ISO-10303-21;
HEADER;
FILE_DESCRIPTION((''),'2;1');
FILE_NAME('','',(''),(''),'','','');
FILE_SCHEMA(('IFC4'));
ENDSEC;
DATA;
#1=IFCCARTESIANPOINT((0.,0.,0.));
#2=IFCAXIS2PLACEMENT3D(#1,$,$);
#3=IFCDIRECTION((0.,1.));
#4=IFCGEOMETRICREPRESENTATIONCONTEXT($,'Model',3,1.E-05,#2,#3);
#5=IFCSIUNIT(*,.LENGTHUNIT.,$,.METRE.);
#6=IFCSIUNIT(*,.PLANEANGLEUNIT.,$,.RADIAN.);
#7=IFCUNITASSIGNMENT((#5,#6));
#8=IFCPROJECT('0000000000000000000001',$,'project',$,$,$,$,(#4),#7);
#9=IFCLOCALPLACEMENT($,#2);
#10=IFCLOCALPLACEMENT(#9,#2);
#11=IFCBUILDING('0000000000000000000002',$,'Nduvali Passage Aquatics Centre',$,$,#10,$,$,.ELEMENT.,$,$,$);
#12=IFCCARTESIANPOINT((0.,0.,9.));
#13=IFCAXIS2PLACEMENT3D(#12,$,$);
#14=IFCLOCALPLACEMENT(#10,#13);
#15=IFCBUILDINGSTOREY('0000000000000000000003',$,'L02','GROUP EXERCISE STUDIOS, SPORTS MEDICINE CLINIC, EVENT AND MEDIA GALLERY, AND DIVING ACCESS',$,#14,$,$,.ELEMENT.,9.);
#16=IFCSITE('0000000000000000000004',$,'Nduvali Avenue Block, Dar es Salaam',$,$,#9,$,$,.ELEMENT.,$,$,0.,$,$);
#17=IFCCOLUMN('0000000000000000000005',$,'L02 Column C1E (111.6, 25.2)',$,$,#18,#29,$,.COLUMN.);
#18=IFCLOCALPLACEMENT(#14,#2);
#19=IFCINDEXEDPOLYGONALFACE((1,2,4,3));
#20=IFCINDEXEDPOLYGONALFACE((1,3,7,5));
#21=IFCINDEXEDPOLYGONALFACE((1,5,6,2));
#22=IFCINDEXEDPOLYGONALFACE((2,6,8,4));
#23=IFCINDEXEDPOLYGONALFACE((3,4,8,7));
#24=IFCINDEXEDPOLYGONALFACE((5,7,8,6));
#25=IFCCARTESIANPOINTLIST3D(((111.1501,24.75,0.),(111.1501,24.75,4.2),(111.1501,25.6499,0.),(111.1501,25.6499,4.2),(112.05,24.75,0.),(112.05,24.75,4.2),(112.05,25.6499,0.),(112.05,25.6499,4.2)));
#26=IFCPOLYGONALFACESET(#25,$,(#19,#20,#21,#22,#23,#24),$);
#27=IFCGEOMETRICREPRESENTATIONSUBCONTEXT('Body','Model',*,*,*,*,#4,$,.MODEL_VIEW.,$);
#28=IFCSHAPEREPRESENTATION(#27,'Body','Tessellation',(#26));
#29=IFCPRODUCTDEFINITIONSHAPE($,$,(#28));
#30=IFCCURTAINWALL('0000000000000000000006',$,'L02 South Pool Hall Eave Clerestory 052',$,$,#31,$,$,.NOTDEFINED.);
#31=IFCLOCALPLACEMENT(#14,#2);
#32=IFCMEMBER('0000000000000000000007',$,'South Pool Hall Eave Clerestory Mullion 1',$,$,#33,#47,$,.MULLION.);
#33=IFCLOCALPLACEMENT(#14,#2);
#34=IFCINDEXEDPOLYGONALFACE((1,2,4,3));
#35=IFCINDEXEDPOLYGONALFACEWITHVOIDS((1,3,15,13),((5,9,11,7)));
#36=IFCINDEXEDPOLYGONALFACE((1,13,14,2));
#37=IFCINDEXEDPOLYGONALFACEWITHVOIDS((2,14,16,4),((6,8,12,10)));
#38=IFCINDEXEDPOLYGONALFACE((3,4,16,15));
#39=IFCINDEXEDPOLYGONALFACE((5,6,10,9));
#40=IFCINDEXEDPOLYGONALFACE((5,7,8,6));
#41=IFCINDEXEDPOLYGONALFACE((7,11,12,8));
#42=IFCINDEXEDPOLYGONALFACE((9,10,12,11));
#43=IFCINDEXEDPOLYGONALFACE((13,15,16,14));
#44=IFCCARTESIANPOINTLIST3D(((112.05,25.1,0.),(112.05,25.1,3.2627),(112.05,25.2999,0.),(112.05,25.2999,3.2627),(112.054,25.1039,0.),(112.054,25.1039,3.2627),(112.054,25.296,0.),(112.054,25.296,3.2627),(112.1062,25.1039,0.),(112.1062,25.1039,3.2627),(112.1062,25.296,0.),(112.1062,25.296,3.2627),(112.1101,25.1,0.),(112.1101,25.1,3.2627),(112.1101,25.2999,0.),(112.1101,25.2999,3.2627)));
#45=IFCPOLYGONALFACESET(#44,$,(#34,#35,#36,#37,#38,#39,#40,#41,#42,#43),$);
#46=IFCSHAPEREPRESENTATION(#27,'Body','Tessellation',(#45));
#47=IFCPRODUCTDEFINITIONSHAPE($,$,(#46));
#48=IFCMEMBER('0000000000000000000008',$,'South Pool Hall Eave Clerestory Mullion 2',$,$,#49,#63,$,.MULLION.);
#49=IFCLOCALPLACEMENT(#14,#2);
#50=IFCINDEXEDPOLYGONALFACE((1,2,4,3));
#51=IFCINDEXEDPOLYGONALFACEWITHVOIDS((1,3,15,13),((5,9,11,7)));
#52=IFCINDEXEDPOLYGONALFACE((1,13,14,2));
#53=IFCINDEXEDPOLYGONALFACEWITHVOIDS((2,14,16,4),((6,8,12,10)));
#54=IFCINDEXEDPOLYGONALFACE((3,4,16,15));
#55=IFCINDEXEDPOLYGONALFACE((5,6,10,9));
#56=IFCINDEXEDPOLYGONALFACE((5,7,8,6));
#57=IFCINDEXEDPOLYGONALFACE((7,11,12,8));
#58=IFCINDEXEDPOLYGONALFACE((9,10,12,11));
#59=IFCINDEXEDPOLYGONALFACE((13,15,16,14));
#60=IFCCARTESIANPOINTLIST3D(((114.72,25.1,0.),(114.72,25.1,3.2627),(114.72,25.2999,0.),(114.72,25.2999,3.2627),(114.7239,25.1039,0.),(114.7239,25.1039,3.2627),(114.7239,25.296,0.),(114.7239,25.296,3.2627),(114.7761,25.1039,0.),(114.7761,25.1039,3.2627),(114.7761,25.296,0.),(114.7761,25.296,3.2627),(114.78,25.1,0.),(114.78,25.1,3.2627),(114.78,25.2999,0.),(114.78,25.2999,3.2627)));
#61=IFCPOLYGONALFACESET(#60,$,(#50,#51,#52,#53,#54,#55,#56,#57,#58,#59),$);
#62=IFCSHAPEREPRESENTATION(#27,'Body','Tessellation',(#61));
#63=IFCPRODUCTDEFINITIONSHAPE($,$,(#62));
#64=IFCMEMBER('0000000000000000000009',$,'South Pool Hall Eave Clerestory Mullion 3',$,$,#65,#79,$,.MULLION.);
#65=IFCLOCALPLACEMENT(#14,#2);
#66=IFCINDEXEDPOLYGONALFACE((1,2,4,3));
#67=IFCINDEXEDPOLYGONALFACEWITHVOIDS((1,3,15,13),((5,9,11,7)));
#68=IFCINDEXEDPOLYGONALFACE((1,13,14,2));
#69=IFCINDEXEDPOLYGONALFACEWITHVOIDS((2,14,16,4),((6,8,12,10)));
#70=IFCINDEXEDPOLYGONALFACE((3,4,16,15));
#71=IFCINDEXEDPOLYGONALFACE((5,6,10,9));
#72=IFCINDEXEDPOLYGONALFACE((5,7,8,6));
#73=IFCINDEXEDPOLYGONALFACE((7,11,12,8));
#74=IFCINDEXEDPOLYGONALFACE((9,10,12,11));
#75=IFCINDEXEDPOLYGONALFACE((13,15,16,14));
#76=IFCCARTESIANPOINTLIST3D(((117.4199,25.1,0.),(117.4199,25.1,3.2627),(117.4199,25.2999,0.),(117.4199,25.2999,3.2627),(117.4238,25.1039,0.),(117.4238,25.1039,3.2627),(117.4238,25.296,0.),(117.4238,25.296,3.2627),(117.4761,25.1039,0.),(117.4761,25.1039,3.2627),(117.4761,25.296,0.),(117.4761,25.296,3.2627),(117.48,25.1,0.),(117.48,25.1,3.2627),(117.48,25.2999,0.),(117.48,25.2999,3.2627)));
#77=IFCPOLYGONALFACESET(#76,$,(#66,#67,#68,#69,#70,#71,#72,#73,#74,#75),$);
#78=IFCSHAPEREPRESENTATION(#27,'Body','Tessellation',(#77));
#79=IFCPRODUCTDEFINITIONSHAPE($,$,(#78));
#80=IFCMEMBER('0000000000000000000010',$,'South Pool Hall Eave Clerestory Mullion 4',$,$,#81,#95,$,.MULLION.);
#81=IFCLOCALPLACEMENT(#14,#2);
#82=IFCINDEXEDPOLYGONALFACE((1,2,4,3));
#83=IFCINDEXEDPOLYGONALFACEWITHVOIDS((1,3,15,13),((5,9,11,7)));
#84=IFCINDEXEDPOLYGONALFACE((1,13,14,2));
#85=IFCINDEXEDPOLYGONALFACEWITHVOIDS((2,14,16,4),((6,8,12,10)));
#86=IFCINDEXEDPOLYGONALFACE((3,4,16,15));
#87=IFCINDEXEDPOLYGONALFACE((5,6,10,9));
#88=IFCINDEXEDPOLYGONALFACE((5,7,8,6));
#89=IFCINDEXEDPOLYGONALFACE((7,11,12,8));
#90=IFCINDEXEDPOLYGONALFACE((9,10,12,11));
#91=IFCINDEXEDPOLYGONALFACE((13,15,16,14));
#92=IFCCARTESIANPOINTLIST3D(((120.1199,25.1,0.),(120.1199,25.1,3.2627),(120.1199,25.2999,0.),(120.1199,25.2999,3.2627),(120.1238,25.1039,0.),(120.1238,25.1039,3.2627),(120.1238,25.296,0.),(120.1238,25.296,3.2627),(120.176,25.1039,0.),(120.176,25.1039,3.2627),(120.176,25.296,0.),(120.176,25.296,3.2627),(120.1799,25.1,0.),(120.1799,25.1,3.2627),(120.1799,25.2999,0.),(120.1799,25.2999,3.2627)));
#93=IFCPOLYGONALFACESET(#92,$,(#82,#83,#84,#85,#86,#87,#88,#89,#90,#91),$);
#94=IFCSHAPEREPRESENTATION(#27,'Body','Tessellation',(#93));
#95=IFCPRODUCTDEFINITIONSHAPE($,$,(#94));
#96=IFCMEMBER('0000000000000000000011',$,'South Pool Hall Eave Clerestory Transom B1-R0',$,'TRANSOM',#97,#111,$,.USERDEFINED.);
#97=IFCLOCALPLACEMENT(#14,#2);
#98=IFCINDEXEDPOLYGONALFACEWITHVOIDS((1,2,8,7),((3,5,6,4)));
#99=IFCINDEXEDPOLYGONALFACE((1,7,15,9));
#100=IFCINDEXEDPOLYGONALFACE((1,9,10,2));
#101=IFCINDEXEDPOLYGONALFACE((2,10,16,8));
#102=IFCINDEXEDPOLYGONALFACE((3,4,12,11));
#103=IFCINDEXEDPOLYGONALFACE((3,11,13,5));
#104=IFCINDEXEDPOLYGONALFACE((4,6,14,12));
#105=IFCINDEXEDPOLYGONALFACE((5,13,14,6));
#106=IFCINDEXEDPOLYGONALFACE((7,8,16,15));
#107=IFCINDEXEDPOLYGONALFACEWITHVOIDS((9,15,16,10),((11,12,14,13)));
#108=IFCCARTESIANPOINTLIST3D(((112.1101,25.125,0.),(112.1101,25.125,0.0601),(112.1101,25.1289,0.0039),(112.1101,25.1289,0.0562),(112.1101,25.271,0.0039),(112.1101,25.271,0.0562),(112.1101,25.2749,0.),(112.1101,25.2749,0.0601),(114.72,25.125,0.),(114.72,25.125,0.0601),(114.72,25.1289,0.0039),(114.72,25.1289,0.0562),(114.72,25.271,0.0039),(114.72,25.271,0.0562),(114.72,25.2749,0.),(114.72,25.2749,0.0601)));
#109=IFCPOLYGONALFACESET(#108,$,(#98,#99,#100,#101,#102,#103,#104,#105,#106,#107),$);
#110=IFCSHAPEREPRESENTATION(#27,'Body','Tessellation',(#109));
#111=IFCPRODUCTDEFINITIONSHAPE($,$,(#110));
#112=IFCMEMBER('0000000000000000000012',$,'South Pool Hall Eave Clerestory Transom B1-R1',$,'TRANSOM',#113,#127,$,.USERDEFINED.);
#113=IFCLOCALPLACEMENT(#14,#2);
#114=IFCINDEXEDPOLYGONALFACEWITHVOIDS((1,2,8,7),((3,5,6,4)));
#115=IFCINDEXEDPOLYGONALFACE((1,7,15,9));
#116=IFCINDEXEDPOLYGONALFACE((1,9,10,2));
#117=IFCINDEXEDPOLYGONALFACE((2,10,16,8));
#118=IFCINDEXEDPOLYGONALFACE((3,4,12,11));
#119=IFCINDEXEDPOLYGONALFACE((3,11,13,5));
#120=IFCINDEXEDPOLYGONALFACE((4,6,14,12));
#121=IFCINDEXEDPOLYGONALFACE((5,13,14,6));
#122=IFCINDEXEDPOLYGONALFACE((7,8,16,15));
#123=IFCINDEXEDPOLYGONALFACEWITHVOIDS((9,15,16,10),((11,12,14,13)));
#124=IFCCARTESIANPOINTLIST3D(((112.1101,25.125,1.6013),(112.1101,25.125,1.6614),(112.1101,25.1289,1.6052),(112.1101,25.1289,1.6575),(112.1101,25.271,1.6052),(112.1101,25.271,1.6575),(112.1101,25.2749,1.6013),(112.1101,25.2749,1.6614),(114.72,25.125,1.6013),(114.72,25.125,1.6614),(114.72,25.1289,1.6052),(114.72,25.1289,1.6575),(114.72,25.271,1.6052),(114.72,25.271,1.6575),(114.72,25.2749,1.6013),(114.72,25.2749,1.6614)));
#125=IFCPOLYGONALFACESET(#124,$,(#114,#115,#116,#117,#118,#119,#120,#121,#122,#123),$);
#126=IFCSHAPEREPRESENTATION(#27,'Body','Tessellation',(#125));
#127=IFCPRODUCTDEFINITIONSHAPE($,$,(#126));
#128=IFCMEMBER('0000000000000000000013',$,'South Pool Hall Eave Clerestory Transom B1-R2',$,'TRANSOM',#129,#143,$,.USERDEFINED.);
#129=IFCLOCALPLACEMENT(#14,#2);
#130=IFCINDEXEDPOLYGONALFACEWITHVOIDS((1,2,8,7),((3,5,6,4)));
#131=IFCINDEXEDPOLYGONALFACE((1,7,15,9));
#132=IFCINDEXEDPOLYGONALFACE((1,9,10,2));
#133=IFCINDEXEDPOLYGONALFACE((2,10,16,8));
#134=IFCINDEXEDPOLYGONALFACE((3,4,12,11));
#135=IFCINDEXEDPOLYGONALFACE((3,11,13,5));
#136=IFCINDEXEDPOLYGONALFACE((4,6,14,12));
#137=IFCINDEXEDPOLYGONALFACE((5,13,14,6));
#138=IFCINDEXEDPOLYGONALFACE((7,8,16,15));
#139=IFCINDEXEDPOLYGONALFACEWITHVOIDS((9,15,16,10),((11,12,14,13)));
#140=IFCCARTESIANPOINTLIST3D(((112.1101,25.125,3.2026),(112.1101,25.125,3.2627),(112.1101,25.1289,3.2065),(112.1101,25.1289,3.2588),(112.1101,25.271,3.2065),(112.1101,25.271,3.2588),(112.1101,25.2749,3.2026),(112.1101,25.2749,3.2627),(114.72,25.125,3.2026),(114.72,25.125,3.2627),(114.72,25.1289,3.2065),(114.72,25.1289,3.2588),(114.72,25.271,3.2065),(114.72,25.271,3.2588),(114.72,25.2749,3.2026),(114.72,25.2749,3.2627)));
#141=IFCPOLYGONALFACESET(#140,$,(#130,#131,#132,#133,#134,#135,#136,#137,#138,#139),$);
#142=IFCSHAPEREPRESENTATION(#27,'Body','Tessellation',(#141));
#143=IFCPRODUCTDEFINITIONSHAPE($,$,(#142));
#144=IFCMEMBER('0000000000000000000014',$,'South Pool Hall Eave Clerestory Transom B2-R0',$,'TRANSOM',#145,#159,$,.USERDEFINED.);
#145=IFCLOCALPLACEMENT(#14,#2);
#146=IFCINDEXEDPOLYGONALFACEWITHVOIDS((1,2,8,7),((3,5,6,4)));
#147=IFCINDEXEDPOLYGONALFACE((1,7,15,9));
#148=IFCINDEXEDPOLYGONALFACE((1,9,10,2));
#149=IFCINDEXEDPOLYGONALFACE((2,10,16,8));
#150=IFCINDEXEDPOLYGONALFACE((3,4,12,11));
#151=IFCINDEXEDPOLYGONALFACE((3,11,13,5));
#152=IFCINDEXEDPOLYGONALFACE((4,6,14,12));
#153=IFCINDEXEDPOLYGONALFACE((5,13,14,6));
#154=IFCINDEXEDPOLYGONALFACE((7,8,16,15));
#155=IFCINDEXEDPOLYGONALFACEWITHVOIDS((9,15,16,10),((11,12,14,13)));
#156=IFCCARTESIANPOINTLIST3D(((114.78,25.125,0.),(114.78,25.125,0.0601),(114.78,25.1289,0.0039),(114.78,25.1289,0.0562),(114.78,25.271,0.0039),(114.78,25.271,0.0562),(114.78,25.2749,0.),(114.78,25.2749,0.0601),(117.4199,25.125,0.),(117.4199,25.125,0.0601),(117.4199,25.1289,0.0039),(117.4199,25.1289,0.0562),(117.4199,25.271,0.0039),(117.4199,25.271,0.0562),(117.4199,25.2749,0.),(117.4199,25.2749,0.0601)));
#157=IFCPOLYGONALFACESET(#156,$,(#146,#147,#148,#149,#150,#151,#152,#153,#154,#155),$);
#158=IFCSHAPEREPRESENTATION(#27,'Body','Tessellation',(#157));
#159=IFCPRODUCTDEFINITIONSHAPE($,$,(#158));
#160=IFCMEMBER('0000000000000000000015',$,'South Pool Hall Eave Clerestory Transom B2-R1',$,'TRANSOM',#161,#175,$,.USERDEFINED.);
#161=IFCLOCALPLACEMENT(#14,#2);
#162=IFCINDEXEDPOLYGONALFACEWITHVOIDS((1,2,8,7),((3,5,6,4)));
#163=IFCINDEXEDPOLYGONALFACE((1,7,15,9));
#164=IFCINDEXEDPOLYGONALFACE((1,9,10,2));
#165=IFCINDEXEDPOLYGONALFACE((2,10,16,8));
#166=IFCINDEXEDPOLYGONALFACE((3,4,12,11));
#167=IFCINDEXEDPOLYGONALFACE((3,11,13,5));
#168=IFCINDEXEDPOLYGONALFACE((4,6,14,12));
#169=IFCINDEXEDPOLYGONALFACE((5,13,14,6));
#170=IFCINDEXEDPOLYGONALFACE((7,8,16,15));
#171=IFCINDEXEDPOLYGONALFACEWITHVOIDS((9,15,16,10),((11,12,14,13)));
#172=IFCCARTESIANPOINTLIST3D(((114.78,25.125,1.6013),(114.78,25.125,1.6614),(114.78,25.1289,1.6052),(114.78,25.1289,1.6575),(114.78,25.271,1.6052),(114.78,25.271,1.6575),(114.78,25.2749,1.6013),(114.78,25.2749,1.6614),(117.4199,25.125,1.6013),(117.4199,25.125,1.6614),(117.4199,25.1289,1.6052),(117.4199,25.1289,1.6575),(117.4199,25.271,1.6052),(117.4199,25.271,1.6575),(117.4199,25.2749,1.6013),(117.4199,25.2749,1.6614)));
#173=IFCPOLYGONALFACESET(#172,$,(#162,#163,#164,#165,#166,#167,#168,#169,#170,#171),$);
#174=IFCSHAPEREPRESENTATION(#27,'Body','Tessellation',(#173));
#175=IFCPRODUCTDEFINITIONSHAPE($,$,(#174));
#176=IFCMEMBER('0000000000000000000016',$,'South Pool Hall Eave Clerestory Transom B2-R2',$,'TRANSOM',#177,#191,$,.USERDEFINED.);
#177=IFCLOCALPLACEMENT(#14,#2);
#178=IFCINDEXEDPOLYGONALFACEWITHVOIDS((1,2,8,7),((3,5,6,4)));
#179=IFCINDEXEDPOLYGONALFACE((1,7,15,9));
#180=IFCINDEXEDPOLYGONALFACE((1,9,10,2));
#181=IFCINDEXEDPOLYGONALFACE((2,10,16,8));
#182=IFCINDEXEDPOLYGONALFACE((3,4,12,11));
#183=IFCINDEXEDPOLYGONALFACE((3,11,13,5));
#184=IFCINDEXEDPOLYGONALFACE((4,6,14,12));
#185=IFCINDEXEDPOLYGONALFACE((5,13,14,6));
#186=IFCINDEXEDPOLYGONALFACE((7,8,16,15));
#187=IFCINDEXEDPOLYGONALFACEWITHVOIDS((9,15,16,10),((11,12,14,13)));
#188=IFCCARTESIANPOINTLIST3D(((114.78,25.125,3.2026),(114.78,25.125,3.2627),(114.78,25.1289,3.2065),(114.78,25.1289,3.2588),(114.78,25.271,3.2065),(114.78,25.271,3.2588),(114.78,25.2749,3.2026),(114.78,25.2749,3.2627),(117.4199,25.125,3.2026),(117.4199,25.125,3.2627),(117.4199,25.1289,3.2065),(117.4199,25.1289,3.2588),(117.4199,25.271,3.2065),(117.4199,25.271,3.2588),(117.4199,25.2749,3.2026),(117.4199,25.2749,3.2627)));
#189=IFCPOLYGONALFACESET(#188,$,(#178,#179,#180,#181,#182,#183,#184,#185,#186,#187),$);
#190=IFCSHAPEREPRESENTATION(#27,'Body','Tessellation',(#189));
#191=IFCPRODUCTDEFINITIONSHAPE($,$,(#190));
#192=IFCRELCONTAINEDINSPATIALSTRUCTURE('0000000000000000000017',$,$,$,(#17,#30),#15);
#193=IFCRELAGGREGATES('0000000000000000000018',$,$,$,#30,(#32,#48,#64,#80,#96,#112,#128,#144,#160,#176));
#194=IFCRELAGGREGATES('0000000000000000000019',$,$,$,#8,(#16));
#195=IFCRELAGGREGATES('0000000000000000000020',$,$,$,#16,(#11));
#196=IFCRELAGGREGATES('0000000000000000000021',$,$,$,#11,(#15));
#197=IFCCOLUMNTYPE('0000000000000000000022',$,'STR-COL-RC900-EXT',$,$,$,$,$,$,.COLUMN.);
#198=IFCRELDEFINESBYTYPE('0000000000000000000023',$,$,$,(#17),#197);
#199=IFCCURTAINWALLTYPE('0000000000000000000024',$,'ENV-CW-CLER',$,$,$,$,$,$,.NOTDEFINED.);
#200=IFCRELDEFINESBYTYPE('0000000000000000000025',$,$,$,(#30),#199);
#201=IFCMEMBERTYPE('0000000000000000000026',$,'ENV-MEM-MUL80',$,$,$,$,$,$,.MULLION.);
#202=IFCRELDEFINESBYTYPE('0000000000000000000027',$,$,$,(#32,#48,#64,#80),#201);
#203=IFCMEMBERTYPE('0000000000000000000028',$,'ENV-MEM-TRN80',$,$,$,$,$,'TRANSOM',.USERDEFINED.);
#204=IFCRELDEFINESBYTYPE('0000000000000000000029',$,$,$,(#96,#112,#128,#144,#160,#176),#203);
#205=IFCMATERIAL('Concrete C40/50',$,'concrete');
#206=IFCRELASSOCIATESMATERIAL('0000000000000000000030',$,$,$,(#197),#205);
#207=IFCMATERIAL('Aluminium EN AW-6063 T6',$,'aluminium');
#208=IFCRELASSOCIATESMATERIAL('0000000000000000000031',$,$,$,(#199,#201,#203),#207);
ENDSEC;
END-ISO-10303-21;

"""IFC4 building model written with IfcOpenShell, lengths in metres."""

from ifc_helpers import new_model, si_unit, direction, frame, origin, origin_2d, place, context, subcontext, project, spatial, rectangle, hollow_rectangle, extrude, material, material_profile, profile_set, type_object, element, aggregate, save


model = new_model("IFC4")

# Units and contexts
model_context = context("Model", 3, precision=1e-05, world=origin(), true_north=direction((0.0, 1.0)))
body_context = subcontext(model_context, "Body", "Model", "MODEL_VIEW")
ifc_project = project(units=[si_unit("LENGTHUNIT", "METRE"), si_unit("PLANEANGLEUNIT", "RADIAN")], contexts=[model_context])

# Site, building, storey
site_placement = place(None, origin())
site = spatial("IfcSite", under=ifc_project, at=site_placement, Name="Nduvali Avenue Block, Dar es Salaam", CompositionType="ELEMENT", RefElevation=0.0)
building_placement = place(site_placement, origin())
building = spatial("IfcBuilding", under=site, at=building_placement, Name="Nduvali Passage Aquatics Centre", CompositionType="ELEMENT")
storey_placement = place(building_placement, frame((0.0, 0.0, 9.0)))
storey = spatial("IfcBuildingStorey", under=building, at=storey_placement, Name="L02", Description="GROUP EXERCISE STUDIOS, SPORTS MEDICINE CLINIC, EVENT AND MEDIA GALLERY, AND DIVING ACCESS", CompositionType="ELEMENT", Elevation=9.0)

# Column
ifc_material_1 = material(Name="Concrete C40/50", Category="concrete")
ifc_material_profile_1 = material_profile(ifc_material_1, rectangle(XDim=0.8999, YDim=0.8999, at=origin_2d()), Name="RC 900x900")
ifc_profile_set_1 = profile_set([ifc_material_profile_1], Name="Concrete C40/50")
column_type = type_object("IfcColumnType", Name="STR-COL-RC900-EXT", PredefinedType="COLUMN", material=ifc_profile_set_1)
column_placement = place(storey_placement, frame((111.6001, 25.2, 0.0), z_axis=(0.0, 0.0, 1.0), x_axis=(1.0, 0.0, 0.0)))
element("IfcColumn", 1, at=column_placement, inside=storey, type_object=column_type, Name="L02 Column C1E (111.6, 25.2)", PredefinedType="COLUMN", context=body_context, shape_type="SweptSolid", body=[
    extrude(rectangle(XDim=0.8999, YDim=0.8999, at=origin_2d()), origin(), (0.0, 0.0, 1.0), 4.2),
])

# Curtain wall, members
ifc_material_2 = material(Name="Aluminium EN AW-6063 T6", Category="aluminium")
curtain_wall_type = type_object("IfcCurtainWallType", Name="ENV-CW-CLER", PredefinedType="NOTDEFINED", material=ifc_material_2)
curtain_wall_placement = place(storey_placement, origin())
curtain_wall = element("IfcCurtainWall", 2, at=curtain_wall_placement, inside=storey, type_object=curtain_wall_type, Name="L02 South Pool Hall Eave Clerestory 052", PredefinedType="NOTDEFINED")
ifc_material_profile_2 = material_profile(ifc_material_2, hollow_rectangle(XDim=0.0601, YDim=0.2, WallThickness=0.0039, at=origin_2d()), Name="ALU MULLION 60x200x4")
ifc_profile_set_2 = profile_set([ifc_material_profile_2], Name="Aluminium EN AW-6063 T6")
member_type_1 = type_object("IfcMemberType", Name="ENV-MEM-MUL80", PredefinedType="MULLION", material=ifc_profile_set_2)
member_1_placement = place(storey_placement, frame((112.0801, 25.2, 0.0), z_axis=(0.0, 0.0, 1.0), x_axis=(1.0, 0.0, 0.0)))
member_1 = element("IfcMember", 3, at=member_1_placement, type_object=member_type_1, Name="South Pool Hall Eave Clerestory Mullion 1", PredefinedType="MULLION", context=body_context, shape_type="SweptSolid", body=[
    extrude(hollow_rectangle(XDim=0.0601, YDim=0.2, WallThickness=0.0039, at=origin_2d()), origin(), (0.0, 0.0, 1.0), 3.2627),
])
member_2_placement = place(storey_placement, frame((114.75, 25.2, 0.0), z_axis=(0.0, 0.0, 1.0), x_axis=(1.0, 0.0, 0.0)))
member_2 = element("IfcMember", 4, at=member_2_placement, type_object=member_type_1, Name="South Pool Hall Eave Clerestory Mullion 2", PredefinedType="MULLION", context=body_context, shape_type="SweptSolid", body=[
    extrude(hollow_rectangle(XDim=0.0601, YDim=0.2, WallThickness=0.0039, at=origin_2d()), origin(), (0.0, 0.0, 1.0), 3.2627),
])
member_3_placement = place(storey_placement, frame((117.45, 25.2, 0.0), z_axis=(0.0, 0.0, 1.0), x_axis=(1.0, 0.0, 0.0)))
member_3 = element("IfcMember", 5, at=member_3_placement, type_object=member_type_1, Name="South Pool Hall Eave Clerestory Mullion 3", PredefinedType="MULLION", context=body_context, shape_type="SweptSolid", body=[
    extrude(hollow_rectangle(XDim=0.0601, YDim=0.2, WallThickness=0.0039, at=origin_2d()), origin(), (0.0, 0.0, 1.0), 3.2627),
])
member_4_placement = place(storey_placement, frame((120.1499, 25.2, 0.0), z_axis=(0.0, 0.0, 1.0), x_axis=(1.0, 0.0, 0.0)))
member_4 = element("IfcMember", 6, at=member_4_placement, type_object=member_type_1, Name="South Pool Hall Eave Clerestory Mullion 4", PredefinedType="MULLION", context=body_context, shape_type="SweptSolid", body=[
    extrude(hollow_rectangle(XDim=0.0601, YDim=0.2, WallThickness=0.0039, at=origin_2d()), origin(), (0.0, 0.0, 1.0), 3.2627),
])
ifc_material_profile_3 = material_profile(ifc_material_2, hollow_rectangle(XDim=0.1499, YDim=0.0601, WallThickness=0.0039, at=origin_2d()), Name="ALU TRANSOM 150x60x4")
ifc_profile_set_3 = profile_set([ifc_material_profile_3], Name="Aluminium EN AW-6063 T6")
member_type_2 = type_object("IfcMemberType", Name="ENV-MEM-TRN80", ElementType="TRANSOM", PredefinedType="USERDEFINED", material=ifc_profile_set_3)
member_5_placement = place(storey_placement, frame((112.1101, 25.2, 0.03), z_axis=(1.0, 0.0, 0.0), x_axis=(0.0, 1.0, 0.0)))
member_5 = element("IfcMember", 7, at=member_5_placement, type_object=member_type_2, Name="South Pool Hall Eave Clerestory Transom B1-R0", ObjectType="TRANSOM", PredefinedType="USERDEFINED", context=body_context, shape_type="SweptSolid", body=[
    extrude(hollow_rectangle(XDim=0.1499, YDim=0.0601, WallThickness=0.0039, at=origin_2d()), origin(), (0.0, 0.0, 1.0), 2.6099),
])
member_6_placement = place(storey_placement, frame((112.1101, 25.2, 1.6313), z_axis=(1.0, 0.0, 0.0), x_axis=(0.0, 1.0, 0.0)))
member_6 = element("IfcMember", 8, at=member_6_placement, type_object=member_type_2, Name="South Pool Hall Eave Clerestory Transom B1-R1", ObjectType="TRANSOM", PredefinedType="USERDEFINED", context=body_context, shape_type="SweptSolid", body=[
    extrude(hollow_rectangle(XDim=0.1499, YDim=0.0601, WallThickness=0.0039, at=origin_2d()), origin(), (0.0, 0.0, 1.0), 2.6099),
])
member_7_placement = place(storey_placement, frame((112.1101, 25.2, 3.2327), z_axis=(1.0, 0.0, 0.0), x_axis=(0.0, 1.0, 0.0)))
member_7 = element("IfcMember", 9, at=member_7_placement, type_object=member_type_2, Name="South Pool Hall Eave Clerestory Transom B1-R2", ObjectType="TRANSOM", PredefinedType="USERDEFINED", context=body_context, shape_type="SweptSolid", body=[
    extrude(hollow_rectangle(XDim=0.1499, YDim=0.0601, WallThickness=0.0039, at=origin_2d()), origin(), (0.0, 0.0, 1.0), 2.6099),
])
member_8_placement = place(storey_placement, frame((114.78, 25.2, 0.03), z_axis=(1.0, 0.0, 0.0), x_axis=(0.0, 1.0, 0.0)))
member_8 = element("IfcMember", 10, at=member_8_placement, type_object=member_type_2, Name="South Pool Hall Eave Clerestory Transom B2-R0", ObjectType="TRANSOM", PredefinedType="USERDEFINED", context=body_context, shape_type="SweptSolid", body=[
    extrude(hollow_rectangle(XDim=0.1499, YDim=0.0601, WallThickness=0.0039, at=origin_2d()), origin(), (0.0, 0.0, 1.0), 2.6399),
])
member_9_placement = place(storey_placement, frame((114.78, 25.2, 1.6313), z_axis=(1.0, 0.0, 0.0), x_axis=(0.0, 1.0, 0.0)))
member_9 = element("IfcMember", 11, at=member_9_placement, type_object=member_type_2, Name="South Pool Hall Eave Clerestory Transom B2-R1", ObjectType="TRANSOM", PredefinedType="USERDEFINED", context=body_context, shape_type="SweptSolid", body=[
    extrude(hollow_rectangle(XDim=0.1499, YDim=0.0601, WallThickness=0.0039, at=origin_2d()), origin(), (0.0, 0.0, 1.0), 2.6399),
])
member_10_placement = place(storey_placement, frame((114.78, 25.2, 3.2327), z_axis=(1.0, 0.0, 0.0), x_axis=(0.0, 1.0, 0.0)))
member_10 = element("IfcMember", 12, at=member_10_placement, type_object=member_type_2, Name="South Pool Hall Eave Clerestory Transom B2-R2", ObjectType="TRANSOM", PredefinedType="USERDEFINED", context=body_context, shape_type="SweptSolid", body=[
    extrude(hollow_rectangle(XDim=0.1499, YDim=0.0601, WallThickness=0.0039, at=origin_2d()), origin(), (0.0, 0.0, 1.0), 2.6399),
])

aggregate(curtain_wall, [member_1, member_2, member_3, member_4, member_5, member_6, member_7, member_8, member_9, member_10])

save(model, "model.ifc")
